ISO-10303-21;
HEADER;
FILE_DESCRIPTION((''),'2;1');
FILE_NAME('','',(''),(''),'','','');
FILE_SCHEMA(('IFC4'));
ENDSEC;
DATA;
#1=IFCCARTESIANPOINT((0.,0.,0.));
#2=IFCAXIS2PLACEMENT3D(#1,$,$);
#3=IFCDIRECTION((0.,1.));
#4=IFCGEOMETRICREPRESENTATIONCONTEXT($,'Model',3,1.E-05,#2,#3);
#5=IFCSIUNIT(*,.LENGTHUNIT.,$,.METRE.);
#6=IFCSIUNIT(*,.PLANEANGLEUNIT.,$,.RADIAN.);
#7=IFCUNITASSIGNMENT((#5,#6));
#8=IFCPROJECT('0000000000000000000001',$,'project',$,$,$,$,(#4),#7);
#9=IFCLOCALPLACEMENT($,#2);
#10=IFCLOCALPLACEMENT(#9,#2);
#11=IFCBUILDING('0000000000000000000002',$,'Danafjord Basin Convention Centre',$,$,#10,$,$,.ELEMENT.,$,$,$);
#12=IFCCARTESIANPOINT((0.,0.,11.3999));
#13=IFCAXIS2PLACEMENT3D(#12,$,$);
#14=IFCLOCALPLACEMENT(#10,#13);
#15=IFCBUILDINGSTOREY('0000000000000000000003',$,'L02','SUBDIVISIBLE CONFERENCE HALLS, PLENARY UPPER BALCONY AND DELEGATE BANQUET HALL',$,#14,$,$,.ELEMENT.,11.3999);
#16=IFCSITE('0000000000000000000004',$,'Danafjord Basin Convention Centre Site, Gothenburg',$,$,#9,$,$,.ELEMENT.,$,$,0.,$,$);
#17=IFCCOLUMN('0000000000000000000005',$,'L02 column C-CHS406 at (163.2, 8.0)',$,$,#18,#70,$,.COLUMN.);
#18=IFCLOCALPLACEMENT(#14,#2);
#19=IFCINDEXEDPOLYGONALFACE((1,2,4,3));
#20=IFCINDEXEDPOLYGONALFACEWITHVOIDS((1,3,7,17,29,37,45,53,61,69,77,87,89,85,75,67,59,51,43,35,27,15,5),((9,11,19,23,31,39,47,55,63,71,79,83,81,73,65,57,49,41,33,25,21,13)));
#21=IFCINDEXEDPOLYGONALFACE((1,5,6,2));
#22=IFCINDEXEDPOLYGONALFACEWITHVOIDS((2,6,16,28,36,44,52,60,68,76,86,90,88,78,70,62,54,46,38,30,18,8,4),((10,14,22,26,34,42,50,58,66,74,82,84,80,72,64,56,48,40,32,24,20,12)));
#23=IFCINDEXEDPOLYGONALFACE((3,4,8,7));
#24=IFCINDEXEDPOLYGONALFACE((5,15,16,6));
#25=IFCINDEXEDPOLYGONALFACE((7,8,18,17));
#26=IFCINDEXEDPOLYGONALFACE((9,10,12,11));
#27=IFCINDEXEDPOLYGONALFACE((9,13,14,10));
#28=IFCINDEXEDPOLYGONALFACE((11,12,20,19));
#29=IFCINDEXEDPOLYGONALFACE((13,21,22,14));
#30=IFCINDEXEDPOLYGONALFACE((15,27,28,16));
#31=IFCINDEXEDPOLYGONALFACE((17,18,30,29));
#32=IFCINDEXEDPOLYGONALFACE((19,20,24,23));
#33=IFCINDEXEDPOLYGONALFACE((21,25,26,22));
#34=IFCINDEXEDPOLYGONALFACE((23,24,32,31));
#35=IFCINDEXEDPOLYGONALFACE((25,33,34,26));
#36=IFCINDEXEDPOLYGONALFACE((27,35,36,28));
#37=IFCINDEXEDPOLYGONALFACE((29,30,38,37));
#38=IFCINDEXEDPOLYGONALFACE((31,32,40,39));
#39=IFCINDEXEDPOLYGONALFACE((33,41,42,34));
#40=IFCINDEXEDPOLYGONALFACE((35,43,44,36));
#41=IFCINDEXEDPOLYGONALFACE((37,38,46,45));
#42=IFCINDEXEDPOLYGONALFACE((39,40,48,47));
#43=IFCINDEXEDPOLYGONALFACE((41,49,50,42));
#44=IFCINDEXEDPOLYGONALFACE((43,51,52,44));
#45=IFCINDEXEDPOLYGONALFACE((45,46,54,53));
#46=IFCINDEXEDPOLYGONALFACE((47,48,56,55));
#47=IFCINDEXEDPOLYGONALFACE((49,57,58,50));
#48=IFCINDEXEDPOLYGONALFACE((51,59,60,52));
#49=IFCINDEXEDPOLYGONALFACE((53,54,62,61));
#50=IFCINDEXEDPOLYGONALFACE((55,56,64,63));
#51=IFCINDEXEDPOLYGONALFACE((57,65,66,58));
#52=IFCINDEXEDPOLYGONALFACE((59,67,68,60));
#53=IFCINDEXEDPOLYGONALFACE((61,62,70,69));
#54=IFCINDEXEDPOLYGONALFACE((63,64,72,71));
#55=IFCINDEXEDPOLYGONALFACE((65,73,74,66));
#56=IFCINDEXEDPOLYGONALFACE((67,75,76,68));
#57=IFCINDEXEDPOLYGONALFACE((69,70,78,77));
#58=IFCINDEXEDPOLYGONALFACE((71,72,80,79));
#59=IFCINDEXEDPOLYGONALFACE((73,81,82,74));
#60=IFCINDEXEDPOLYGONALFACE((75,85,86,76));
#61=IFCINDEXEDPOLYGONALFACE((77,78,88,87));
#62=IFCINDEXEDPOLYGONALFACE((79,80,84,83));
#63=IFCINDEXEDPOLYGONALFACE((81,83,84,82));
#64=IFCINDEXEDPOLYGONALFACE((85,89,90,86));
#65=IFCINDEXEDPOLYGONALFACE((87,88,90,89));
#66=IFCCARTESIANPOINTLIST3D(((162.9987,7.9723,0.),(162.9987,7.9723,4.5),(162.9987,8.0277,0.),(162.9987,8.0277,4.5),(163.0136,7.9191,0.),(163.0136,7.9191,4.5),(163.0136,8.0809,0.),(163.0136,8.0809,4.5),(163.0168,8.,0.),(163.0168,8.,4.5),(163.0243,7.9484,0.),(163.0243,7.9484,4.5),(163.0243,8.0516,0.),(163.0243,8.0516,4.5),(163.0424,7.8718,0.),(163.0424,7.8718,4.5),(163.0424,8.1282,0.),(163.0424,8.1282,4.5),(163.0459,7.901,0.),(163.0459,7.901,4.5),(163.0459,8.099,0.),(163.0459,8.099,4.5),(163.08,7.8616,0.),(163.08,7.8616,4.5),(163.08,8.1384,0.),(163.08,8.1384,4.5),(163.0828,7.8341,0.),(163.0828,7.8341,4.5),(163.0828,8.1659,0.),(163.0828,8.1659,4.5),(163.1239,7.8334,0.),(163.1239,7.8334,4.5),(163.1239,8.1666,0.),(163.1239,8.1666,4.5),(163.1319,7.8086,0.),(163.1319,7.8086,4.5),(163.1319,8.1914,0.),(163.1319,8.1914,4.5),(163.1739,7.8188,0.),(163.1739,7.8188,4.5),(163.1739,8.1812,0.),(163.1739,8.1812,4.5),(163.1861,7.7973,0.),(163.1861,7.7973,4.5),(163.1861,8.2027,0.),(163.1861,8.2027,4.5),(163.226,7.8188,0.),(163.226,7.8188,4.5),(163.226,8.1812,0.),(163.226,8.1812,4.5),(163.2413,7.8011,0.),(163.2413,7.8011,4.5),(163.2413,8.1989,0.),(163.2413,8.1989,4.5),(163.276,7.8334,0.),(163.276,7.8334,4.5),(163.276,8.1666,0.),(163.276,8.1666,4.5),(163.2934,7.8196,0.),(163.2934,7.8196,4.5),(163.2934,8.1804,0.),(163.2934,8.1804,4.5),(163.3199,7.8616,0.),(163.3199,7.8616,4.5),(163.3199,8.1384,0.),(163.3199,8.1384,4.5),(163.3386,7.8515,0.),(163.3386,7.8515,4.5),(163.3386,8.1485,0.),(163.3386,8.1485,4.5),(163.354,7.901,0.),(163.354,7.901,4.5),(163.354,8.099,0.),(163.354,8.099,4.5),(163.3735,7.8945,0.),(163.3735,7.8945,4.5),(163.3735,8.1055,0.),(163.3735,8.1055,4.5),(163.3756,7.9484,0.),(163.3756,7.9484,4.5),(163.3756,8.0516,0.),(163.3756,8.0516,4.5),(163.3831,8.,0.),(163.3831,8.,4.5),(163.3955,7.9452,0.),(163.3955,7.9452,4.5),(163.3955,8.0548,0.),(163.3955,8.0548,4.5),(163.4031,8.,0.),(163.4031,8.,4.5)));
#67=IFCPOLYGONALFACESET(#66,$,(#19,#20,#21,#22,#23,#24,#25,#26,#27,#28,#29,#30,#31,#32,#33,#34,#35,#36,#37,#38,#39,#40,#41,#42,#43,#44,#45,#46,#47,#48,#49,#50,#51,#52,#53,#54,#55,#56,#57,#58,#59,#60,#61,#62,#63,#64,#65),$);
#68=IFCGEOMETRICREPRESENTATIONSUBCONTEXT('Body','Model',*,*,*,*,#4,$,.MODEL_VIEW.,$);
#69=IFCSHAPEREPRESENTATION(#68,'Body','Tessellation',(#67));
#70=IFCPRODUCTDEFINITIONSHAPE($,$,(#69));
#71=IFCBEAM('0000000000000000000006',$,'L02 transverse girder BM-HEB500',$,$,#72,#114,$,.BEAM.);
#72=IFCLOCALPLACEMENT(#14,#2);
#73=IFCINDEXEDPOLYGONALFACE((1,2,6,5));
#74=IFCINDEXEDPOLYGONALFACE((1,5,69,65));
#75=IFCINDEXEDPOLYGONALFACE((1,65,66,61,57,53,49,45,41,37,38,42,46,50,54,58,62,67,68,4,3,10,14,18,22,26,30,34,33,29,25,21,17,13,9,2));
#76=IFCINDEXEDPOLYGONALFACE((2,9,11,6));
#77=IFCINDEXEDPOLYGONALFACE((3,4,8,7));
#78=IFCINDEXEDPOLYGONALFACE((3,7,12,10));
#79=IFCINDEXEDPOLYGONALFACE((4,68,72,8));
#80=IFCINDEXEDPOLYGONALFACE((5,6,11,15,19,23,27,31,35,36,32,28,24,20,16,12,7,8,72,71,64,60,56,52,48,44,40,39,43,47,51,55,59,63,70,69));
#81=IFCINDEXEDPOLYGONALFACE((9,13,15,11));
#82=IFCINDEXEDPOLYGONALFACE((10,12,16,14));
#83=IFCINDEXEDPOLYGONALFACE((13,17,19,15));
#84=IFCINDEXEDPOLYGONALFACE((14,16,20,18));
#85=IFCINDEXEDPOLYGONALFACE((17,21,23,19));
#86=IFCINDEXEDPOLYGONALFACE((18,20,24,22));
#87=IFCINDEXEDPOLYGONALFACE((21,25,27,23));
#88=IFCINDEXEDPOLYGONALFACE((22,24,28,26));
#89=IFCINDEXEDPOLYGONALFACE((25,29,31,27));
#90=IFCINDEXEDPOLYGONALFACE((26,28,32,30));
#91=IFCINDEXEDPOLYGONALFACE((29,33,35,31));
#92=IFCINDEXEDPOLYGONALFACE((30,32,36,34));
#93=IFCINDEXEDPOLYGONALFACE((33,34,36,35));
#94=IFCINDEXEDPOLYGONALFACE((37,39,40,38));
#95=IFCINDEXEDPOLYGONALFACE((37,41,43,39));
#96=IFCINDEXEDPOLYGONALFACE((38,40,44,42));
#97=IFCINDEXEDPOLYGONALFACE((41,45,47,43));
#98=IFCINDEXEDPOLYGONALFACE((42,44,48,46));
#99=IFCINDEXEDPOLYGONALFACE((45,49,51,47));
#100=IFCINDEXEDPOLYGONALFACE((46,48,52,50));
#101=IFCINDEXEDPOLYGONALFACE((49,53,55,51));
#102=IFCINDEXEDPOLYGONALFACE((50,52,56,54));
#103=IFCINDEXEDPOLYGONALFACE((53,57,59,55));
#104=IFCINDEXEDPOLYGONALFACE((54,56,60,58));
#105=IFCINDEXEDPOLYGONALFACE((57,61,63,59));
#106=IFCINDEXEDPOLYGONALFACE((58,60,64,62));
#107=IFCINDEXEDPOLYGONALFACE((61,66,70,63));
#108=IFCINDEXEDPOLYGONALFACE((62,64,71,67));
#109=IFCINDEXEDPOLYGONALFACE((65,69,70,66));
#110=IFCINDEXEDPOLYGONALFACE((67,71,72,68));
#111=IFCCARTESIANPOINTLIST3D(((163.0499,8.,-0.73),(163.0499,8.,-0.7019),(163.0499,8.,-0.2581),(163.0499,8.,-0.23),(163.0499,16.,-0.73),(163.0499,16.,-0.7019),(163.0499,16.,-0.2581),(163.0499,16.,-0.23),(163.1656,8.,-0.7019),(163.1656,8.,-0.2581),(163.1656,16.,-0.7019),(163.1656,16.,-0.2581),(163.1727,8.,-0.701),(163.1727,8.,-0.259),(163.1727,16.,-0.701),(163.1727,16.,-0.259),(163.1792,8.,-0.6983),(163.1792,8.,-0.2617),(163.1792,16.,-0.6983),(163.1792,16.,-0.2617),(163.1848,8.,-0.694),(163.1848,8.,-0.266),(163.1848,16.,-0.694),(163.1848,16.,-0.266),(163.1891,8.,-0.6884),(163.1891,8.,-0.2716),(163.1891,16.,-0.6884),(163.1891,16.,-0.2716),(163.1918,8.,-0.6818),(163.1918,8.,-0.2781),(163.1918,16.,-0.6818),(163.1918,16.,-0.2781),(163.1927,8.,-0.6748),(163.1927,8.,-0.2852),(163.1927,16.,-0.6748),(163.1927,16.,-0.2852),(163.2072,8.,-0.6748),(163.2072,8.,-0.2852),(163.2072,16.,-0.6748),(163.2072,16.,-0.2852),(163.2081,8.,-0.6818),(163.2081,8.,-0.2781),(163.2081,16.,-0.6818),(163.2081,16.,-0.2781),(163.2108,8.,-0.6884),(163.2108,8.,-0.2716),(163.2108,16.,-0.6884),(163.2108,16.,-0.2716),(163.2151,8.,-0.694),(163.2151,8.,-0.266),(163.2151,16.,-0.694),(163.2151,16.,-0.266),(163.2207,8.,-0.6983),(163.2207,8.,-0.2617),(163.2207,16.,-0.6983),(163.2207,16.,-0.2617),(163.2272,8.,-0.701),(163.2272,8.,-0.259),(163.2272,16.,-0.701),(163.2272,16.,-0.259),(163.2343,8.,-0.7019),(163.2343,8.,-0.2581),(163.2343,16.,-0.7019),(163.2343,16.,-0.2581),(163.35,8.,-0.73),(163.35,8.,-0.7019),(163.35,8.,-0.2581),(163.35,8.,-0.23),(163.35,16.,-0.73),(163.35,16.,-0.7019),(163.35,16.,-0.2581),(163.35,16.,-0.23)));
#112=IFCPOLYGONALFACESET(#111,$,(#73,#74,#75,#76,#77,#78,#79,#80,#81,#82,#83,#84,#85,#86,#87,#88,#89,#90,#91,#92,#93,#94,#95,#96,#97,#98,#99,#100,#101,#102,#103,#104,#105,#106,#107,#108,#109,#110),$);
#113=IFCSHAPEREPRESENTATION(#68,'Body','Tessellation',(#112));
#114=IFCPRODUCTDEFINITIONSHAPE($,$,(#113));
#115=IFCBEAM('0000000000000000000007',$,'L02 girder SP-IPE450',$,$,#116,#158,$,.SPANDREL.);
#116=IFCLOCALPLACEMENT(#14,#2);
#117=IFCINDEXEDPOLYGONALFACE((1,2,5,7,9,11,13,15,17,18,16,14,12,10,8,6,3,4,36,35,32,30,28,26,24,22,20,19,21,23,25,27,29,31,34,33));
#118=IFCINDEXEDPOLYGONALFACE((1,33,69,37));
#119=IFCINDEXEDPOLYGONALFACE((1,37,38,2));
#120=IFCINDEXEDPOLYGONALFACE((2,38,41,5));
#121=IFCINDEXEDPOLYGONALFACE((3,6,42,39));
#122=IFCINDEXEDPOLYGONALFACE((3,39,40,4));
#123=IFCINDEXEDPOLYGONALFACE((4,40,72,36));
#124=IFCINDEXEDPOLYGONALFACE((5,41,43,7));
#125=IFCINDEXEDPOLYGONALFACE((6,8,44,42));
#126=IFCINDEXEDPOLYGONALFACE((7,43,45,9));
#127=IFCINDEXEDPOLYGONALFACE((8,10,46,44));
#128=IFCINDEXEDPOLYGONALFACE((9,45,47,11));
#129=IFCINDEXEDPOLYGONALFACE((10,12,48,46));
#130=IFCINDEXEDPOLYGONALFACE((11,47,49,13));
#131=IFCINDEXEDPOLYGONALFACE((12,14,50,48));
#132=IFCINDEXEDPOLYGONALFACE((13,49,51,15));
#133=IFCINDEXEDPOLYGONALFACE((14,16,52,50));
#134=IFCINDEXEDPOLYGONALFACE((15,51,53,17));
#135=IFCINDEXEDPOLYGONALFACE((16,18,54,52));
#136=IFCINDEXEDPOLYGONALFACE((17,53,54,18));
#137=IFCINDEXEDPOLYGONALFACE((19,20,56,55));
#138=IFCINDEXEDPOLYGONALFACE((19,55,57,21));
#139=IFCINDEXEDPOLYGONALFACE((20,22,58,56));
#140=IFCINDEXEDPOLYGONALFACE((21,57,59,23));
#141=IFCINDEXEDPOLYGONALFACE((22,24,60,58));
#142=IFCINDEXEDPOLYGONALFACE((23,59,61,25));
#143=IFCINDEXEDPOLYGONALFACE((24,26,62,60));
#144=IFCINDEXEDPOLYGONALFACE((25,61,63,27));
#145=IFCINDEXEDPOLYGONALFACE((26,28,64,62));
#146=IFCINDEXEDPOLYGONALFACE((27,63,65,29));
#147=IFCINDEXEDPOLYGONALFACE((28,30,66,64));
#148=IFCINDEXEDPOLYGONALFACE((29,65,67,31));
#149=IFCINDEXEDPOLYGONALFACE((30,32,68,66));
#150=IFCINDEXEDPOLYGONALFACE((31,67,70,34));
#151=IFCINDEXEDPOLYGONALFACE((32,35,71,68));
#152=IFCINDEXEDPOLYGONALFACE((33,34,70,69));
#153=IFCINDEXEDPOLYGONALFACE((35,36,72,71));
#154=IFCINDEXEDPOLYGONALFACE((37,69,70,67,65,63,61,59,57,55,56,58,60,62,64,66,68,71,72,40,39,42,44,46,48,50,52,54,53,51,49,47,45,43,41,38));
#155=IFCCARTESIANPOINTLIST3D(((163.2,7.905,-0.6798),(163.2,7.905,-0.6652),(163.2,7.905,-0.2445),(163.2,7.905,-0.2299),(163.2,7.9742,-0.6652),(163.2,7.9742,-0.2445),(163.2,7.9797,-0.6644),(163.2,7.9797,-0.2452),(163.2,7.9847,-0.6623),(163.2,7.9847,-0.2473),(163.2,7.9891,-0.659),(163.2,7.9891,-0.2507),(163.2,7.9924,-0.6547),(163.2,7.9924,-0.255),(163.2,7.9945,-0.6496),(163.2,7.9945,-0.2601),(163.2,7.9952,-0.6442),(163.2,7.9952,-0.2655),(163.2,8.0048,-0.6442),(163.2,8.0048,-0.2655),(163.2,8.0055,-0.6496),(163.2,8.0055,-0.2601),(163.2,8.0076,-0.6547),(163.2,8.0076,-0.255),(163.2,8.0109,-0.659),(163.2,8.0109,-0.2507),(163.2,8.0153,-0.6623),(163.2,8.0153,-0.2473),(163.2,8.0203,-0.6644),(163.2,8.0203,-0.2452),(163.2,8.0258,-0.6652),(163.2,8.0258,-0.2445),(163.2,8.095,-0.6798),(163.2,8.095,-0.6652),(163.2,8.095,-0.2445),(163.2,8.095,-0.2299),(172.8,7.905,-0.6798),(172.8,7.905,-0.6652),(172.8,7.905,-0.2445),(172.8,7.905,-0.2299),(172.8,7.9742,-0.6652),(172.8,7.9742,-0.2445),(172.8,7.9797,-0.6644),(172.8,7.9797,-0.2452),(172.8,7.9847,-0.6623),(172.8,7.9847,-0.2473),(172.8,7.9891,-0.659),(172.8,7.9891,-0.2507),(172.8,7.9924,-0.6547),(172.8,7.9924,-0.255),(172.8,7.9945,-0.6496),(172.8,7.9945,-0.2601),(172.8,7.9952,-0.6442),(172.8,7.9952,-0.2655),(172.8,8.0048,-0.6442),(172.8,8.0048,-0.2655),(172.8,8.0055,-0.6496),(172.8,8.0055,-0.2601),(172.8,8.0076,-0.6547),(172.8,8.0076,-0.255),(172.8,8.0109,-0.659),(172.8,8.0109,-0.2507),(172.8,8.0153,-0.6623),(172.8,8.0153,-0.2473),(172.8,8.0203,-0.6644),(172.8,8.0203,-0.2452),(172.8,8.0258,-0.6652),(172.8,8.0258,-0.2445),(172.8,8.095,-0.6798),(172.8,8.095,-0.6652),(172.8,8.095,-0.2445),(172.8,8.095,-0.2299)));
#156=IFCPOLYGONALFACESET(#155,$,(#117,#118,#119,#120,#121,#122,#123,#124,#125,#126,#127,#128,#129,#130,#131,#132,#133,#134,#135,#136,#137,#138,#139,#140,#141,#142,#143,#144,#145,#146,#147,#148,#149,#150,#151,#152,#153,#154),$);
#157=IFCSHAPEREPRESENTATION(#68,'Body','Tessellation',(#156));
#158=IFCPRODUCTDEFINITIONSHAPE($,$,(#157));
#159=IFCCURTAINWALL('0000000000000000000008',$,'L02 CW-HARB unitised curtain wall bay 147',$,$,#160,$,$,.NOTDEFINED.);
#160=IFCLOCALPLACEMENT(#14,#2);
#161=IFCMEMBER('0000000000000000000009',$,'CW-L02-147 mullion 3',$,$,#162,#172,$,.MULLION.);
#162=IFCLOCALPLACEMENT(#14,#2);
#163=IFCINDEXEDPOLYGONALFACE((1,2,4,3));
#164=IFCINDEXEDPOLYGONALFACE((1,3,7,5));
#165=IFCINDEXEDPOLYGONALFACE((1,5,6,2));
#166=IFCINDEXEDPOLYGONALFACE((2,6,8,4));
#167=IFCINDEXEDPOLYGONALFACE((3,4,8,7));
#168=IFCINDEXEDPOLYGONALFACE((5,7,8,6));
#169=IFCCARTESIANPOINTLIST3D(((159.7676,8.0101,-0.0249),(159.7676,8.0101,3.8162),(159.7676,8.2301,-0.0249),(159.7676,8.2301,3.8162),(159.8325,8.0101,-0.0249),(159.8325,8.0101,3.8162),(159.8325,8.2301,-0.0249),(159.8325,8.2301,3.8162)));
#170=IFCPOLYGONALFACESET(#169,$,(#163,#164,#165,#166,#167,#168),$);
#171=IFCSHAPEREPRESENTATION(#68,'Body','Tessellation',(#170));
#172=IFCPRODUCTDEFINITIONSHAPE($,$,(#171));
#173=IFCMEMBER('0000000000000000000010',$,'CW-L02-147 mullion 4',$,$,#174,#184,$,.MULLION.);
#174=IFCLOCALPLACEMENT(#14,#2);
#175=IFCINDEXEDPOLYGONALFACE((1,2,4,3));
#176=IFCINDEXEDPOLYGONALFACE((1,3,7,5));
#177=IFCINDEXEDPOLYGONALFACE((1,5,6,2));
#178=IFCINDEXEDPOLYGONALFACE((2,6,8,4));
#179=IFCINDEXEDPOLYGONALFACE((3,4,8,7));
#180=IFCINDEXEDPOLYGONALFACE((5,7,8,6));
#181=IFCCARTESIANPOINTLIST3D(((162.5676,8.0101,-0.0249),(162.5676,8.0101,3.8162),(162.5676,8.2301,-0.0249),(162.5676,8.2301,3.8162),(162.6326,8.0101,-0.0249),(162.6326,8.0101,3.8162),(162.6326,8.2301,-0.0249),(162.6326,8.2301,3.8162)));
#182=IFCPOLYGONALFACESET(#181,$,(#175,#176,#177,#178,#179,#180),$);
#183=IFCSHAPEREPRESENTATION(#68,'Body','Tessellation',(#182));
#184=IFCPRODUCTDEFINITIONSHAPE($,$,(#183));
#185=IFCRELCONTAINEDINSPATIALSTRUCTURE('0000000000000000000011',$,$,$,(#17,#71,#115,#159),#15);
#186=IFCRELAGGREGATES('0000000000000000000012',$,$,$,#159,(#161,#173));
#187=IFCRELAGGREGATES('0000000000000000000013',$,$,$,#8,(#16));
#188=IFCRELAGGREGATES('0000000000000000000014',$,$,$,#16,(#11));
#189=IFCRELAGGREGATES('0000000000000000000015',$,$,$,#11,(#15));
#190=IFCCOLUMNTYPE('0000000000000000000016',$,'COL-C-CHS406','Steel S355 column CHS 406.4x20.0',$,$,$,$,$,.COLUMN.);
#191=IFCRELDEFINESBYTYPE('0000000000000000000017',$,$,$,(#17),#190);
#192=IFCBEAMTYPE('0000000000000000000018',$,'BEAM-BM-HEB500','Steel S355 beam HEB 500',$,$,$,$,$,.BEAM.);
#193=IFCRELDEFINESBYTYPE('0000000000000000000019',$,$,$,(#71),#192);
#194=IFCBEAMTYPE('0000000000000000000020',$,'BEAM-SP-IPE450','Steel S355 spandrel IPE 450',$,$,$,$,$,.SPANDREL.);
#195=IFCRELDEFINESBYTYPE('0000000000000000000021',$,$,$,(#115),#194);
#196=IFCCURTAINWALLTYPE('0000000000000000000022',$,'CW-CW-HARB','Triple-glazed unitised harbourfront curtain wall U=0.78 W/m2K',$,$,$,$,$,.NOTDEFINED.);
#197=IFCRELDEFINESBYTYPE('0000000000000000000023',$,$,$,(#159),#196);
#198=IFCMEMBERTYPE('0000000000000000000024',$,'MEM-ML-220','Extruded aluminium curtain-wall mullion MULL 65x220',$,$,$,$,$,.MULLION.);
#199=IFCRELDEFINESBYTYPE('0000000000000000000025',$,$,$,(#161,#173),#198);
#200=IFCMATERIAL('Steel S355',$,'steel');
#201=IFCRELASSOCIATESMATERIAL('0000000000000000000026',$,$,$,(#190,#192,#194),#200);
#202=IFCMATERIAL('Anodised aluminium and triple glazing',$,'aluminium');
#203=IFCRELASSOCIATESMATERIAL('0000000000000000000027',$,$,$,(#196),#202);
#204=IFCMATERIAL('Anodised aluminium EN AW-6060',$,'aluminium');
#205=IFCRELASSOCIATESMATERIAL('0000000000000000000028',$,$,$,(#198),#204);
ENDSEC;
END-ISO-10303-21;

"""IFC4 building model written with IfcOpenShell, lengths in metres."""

from ifc_helpers import new_model, si_unit, direction, frame, origin, origin_2d, place, context, subcontext, project, spatial, rectangle, hollow_circle, i_section, extrude, material, material_profile, profile_set, type_object, element, aggregate, save


model = new_model("IFC4")

# Units and contexts
model_context = context("Model", 3, precision=1e-05, world=origin(), true_north=direction((0.0, 1.0)))
body_context = subcontext(model_context, "Body", "Model", "MODEL_VIEW")
ifc_project = project(units=[si_unit("LENGTHUNIT", "METRE"), si_unit("PLANEANGLEUNIT", "RADIAN")], contexts=[model_context])

# Site, building, storey
site_placement = place(None, origin())
site = spatial("IfcSite", under=ifc_project, at=site_placement, Name="Danafjord Basin Convention Centre Site, Gothenburg", CompositionType="ELEMENT", RefElevation=0.0)
building_placement = place(site_placement, origin())
building = spatial("IfcBuilding", under=site, at=building_placement, Name="Danafjord Basin Convention Centre", CompositionType="ELEMENT")
storey_placement = place(building_placement, frame((0.0, 0.0, 11.3999)))
storey = spatial("IfcBuildingStorey", under=building, at=storey_placement, Name="L02", Description="SUBDIVISIBLE CONFERENCE HALLS, PLENARY UPPER BALCONY AND DELEGATE BANQUET HALL", CompositionType="ELEMENT", Elevation=11.3999)

# Column
ifc_material_1 = material(Name="Steel S355", Category="steel")
ifc_material_profile_1 = material_profile(ifc_material_1, hollow_circle(Radius=0.2031, WallThickness=0.02, at=origin_2d()), Name="CHS 406.4x20.0")
ifc_profile_set_1 = profile_set([ifc_material_profile_1], Name="Steel S355")
column_type = type_object("IfcColumnType", Name="COL-C-CHS406", Description="Steel S355 column CHS 406.4x20.0", PredefinedType="COLUMN", material=ifc_profile_set_1)
column_placement = place(storey_placement, frame((163.2, 8.0, 0.0), z_axis=(0.0, 0.0, 1.0), x_axis=(1.0, 0.0, 0.0)))
element("IfcColumn", 1, at=column_placement, inside=storey, type_object=column_type, Name="L02 column C-CHS406 at (163.2, 8.0)", PredefinedType="COLUMN", context=body_context, shape_type="SweptSolid", body=[
    extrude(hollow_circle(Radius=0.2031, WallThickness=0.02, at=origin_2d()), origin(), (0.0, 0.0, 1.0), 4.5),
])

# Beams
ifc_material_profile_2 = material_profile(ifc_material_1, i_section(OverallWidth=0.3, OverallDepth=0.5, WebThickness=0.0144, FlangeThickness=0.0281, FilletRadius=0.0271, at=origin_2d()), Name="HEB 500")
ifc_profile_set_2 = profile_set([ifc_material_profile_2], Name="Steel S355")
beam_type_1 = type_object("IfcBeamType", Name="BEAM-BM-HEB500", Description="Steel S355 beam HEB 500", PredefinedType="BEAM", material=ifc_profile_set_2)
beam_1_placement = place(storey_placement, frame((163.2, 8.0, -0.48), z_axis=(0.0, 1.0, 0.0), x_axis=(-1.0, 0.0, 0.0)))
element("IfcBeam", 2, at=beam_1_placement, inside=storey, type_object=beam_type_1, Name="L02 transverse girder BM-HEB500", PredefinedType="BEAM", context=body_context, shape_type="SweptSolid", body=[
    extrude(i_section(OverallWidth=0.3, OverallDepth=0.5, WebThickness=0.0144, FlangeThickness=0.0281, FilletRadius=0.0271, at=origin_2d()), origin(), (0.0, 0.0, 1.0), 8.0),
])
ifc_material_profile_3 = material_profile(ifc_material_1, i_section(OverallWidth=0.1899, OverallDepth=0.45, WebThickness=0.0095, FlangeThickness=0.0146, FilletRadius=0.021, at=origin_2d()), Name="IPE 450")
ifc_profile_set_3 = profile_set([ifc_material_profile_3], Name="Steel S355")
beam_type_2 = type_object("IfcBeamType", Name="BEAM-SP-IPE450", Description="Steel S355 spandrel IPE 450", PredefinedType="SPANDREL", material=ifc_profile_set_3)
beam_2_placement = place(storey_placement, frame((163.2, 8.0, -0.4548), z_axis=(1.0, 0.0, 0.0), x_axis=(0.0, 1.0, 0.0)))
element("IfcBeam", 3, at=beam_2_placement, inside=storey, type_object=beam_type_2, Name="L02 girder SP-IPE450", PredefinedType="SPANDREL", context=body_context, shape_type="SweptSolid", body=[
    extrude(i_section(OverallWidth=0.1899, OverallDepth=0.45, WebThickness=0.0095, FlangeThickness=0.0146, FilletRadius=0.021, at=origin_2d()), origin(), (0.0, 0.0, 1.0), 9.6001),
])

# Curtain wall, members
ifc_material_2 = material(Name="Anodised aluminium and triple glazing", Category="aluminium")
curtain_wall_type = type_object("IfcCurtainWallType", Name="CW-CW-HARB", Description="Triple-glazed unitised harbourfront curtain wall U=0.78 W/m2K", PredefinedType="NOTDEFINED", material=ifc_material_2)
curtain_wall_1_placement = place(storey_placement, origin())
curtain_wall_1 = element("IfcCurtainWall", 4, at=curtain_wall_1_placement, inside=storey, type_object=curtain_wall_type, Name="L02 CW-HARB unitised curtain wall bay 147", PredefinedType="NOTDEFINED")
ifc_material_3 = material(Name="Anodised aluminium EN AW-6060", Category="aluminium")
ifc_material_profile_4 = material_profile(ifc_material_3, rectangle(XDim=0.0649, YDim=0.22, at=origin_2d()), Name="MULL 65x220")
ifc_profile_set_4 = profile_set([ifc_material_profile_4], Name="Anodised aluminium EN AW-6060")
member_type_1 = type_object("IfcMemberType", Name="MEM-ML-220", Description="Extruded aluminium curtain-wall mullion MULL 65x220", PredefinedType="MULLION", material=ifc_profile_set_4)
member_1_placement = place(storey_placement, frame((159.8, 8.1201, -0.0249), z_axis=(0.0, 0.0, 1.0), x_axis=(1.0, 0.0, 0.0)))
member_1 = element("IfcMember", 5, at=member_1_placement, type_object=member_type_1, Name="CW-L02-147 mullion 3", PredefinedType="MULLION", context=body_context, shape_type="SweptSolid", body=[
    extrude(rectangle(XDim=0.0649, YDim=0.22, at=origin_2d()), origin(), (0.0, 0.0, 1.0), 3.8411),
])
member_2_placement = place(storey_placement, frame((162.6001, 8.1201, -0.0249), z_axis=(0.0, 0.0, 1.0), x_axis=(1.0, 0.0, 0.0)))
member_2 = element("IfcMember", 6, at=member_2_placement, type_object=member_type_1, Name="CW-L02-147 mullion 4", PredefinedType="MULLION", context=body_context, shape_type="SweptSolid", body=[
    extrude(rectangle(XDim=0.0649, YDim=0.22, at=origin_2d()), origin(), (0.0, 0.0, 1.0), 3.8411),
])

aggregate(curtain_wall_1, [member_1, member_2])

save(model, "model.ifc")
